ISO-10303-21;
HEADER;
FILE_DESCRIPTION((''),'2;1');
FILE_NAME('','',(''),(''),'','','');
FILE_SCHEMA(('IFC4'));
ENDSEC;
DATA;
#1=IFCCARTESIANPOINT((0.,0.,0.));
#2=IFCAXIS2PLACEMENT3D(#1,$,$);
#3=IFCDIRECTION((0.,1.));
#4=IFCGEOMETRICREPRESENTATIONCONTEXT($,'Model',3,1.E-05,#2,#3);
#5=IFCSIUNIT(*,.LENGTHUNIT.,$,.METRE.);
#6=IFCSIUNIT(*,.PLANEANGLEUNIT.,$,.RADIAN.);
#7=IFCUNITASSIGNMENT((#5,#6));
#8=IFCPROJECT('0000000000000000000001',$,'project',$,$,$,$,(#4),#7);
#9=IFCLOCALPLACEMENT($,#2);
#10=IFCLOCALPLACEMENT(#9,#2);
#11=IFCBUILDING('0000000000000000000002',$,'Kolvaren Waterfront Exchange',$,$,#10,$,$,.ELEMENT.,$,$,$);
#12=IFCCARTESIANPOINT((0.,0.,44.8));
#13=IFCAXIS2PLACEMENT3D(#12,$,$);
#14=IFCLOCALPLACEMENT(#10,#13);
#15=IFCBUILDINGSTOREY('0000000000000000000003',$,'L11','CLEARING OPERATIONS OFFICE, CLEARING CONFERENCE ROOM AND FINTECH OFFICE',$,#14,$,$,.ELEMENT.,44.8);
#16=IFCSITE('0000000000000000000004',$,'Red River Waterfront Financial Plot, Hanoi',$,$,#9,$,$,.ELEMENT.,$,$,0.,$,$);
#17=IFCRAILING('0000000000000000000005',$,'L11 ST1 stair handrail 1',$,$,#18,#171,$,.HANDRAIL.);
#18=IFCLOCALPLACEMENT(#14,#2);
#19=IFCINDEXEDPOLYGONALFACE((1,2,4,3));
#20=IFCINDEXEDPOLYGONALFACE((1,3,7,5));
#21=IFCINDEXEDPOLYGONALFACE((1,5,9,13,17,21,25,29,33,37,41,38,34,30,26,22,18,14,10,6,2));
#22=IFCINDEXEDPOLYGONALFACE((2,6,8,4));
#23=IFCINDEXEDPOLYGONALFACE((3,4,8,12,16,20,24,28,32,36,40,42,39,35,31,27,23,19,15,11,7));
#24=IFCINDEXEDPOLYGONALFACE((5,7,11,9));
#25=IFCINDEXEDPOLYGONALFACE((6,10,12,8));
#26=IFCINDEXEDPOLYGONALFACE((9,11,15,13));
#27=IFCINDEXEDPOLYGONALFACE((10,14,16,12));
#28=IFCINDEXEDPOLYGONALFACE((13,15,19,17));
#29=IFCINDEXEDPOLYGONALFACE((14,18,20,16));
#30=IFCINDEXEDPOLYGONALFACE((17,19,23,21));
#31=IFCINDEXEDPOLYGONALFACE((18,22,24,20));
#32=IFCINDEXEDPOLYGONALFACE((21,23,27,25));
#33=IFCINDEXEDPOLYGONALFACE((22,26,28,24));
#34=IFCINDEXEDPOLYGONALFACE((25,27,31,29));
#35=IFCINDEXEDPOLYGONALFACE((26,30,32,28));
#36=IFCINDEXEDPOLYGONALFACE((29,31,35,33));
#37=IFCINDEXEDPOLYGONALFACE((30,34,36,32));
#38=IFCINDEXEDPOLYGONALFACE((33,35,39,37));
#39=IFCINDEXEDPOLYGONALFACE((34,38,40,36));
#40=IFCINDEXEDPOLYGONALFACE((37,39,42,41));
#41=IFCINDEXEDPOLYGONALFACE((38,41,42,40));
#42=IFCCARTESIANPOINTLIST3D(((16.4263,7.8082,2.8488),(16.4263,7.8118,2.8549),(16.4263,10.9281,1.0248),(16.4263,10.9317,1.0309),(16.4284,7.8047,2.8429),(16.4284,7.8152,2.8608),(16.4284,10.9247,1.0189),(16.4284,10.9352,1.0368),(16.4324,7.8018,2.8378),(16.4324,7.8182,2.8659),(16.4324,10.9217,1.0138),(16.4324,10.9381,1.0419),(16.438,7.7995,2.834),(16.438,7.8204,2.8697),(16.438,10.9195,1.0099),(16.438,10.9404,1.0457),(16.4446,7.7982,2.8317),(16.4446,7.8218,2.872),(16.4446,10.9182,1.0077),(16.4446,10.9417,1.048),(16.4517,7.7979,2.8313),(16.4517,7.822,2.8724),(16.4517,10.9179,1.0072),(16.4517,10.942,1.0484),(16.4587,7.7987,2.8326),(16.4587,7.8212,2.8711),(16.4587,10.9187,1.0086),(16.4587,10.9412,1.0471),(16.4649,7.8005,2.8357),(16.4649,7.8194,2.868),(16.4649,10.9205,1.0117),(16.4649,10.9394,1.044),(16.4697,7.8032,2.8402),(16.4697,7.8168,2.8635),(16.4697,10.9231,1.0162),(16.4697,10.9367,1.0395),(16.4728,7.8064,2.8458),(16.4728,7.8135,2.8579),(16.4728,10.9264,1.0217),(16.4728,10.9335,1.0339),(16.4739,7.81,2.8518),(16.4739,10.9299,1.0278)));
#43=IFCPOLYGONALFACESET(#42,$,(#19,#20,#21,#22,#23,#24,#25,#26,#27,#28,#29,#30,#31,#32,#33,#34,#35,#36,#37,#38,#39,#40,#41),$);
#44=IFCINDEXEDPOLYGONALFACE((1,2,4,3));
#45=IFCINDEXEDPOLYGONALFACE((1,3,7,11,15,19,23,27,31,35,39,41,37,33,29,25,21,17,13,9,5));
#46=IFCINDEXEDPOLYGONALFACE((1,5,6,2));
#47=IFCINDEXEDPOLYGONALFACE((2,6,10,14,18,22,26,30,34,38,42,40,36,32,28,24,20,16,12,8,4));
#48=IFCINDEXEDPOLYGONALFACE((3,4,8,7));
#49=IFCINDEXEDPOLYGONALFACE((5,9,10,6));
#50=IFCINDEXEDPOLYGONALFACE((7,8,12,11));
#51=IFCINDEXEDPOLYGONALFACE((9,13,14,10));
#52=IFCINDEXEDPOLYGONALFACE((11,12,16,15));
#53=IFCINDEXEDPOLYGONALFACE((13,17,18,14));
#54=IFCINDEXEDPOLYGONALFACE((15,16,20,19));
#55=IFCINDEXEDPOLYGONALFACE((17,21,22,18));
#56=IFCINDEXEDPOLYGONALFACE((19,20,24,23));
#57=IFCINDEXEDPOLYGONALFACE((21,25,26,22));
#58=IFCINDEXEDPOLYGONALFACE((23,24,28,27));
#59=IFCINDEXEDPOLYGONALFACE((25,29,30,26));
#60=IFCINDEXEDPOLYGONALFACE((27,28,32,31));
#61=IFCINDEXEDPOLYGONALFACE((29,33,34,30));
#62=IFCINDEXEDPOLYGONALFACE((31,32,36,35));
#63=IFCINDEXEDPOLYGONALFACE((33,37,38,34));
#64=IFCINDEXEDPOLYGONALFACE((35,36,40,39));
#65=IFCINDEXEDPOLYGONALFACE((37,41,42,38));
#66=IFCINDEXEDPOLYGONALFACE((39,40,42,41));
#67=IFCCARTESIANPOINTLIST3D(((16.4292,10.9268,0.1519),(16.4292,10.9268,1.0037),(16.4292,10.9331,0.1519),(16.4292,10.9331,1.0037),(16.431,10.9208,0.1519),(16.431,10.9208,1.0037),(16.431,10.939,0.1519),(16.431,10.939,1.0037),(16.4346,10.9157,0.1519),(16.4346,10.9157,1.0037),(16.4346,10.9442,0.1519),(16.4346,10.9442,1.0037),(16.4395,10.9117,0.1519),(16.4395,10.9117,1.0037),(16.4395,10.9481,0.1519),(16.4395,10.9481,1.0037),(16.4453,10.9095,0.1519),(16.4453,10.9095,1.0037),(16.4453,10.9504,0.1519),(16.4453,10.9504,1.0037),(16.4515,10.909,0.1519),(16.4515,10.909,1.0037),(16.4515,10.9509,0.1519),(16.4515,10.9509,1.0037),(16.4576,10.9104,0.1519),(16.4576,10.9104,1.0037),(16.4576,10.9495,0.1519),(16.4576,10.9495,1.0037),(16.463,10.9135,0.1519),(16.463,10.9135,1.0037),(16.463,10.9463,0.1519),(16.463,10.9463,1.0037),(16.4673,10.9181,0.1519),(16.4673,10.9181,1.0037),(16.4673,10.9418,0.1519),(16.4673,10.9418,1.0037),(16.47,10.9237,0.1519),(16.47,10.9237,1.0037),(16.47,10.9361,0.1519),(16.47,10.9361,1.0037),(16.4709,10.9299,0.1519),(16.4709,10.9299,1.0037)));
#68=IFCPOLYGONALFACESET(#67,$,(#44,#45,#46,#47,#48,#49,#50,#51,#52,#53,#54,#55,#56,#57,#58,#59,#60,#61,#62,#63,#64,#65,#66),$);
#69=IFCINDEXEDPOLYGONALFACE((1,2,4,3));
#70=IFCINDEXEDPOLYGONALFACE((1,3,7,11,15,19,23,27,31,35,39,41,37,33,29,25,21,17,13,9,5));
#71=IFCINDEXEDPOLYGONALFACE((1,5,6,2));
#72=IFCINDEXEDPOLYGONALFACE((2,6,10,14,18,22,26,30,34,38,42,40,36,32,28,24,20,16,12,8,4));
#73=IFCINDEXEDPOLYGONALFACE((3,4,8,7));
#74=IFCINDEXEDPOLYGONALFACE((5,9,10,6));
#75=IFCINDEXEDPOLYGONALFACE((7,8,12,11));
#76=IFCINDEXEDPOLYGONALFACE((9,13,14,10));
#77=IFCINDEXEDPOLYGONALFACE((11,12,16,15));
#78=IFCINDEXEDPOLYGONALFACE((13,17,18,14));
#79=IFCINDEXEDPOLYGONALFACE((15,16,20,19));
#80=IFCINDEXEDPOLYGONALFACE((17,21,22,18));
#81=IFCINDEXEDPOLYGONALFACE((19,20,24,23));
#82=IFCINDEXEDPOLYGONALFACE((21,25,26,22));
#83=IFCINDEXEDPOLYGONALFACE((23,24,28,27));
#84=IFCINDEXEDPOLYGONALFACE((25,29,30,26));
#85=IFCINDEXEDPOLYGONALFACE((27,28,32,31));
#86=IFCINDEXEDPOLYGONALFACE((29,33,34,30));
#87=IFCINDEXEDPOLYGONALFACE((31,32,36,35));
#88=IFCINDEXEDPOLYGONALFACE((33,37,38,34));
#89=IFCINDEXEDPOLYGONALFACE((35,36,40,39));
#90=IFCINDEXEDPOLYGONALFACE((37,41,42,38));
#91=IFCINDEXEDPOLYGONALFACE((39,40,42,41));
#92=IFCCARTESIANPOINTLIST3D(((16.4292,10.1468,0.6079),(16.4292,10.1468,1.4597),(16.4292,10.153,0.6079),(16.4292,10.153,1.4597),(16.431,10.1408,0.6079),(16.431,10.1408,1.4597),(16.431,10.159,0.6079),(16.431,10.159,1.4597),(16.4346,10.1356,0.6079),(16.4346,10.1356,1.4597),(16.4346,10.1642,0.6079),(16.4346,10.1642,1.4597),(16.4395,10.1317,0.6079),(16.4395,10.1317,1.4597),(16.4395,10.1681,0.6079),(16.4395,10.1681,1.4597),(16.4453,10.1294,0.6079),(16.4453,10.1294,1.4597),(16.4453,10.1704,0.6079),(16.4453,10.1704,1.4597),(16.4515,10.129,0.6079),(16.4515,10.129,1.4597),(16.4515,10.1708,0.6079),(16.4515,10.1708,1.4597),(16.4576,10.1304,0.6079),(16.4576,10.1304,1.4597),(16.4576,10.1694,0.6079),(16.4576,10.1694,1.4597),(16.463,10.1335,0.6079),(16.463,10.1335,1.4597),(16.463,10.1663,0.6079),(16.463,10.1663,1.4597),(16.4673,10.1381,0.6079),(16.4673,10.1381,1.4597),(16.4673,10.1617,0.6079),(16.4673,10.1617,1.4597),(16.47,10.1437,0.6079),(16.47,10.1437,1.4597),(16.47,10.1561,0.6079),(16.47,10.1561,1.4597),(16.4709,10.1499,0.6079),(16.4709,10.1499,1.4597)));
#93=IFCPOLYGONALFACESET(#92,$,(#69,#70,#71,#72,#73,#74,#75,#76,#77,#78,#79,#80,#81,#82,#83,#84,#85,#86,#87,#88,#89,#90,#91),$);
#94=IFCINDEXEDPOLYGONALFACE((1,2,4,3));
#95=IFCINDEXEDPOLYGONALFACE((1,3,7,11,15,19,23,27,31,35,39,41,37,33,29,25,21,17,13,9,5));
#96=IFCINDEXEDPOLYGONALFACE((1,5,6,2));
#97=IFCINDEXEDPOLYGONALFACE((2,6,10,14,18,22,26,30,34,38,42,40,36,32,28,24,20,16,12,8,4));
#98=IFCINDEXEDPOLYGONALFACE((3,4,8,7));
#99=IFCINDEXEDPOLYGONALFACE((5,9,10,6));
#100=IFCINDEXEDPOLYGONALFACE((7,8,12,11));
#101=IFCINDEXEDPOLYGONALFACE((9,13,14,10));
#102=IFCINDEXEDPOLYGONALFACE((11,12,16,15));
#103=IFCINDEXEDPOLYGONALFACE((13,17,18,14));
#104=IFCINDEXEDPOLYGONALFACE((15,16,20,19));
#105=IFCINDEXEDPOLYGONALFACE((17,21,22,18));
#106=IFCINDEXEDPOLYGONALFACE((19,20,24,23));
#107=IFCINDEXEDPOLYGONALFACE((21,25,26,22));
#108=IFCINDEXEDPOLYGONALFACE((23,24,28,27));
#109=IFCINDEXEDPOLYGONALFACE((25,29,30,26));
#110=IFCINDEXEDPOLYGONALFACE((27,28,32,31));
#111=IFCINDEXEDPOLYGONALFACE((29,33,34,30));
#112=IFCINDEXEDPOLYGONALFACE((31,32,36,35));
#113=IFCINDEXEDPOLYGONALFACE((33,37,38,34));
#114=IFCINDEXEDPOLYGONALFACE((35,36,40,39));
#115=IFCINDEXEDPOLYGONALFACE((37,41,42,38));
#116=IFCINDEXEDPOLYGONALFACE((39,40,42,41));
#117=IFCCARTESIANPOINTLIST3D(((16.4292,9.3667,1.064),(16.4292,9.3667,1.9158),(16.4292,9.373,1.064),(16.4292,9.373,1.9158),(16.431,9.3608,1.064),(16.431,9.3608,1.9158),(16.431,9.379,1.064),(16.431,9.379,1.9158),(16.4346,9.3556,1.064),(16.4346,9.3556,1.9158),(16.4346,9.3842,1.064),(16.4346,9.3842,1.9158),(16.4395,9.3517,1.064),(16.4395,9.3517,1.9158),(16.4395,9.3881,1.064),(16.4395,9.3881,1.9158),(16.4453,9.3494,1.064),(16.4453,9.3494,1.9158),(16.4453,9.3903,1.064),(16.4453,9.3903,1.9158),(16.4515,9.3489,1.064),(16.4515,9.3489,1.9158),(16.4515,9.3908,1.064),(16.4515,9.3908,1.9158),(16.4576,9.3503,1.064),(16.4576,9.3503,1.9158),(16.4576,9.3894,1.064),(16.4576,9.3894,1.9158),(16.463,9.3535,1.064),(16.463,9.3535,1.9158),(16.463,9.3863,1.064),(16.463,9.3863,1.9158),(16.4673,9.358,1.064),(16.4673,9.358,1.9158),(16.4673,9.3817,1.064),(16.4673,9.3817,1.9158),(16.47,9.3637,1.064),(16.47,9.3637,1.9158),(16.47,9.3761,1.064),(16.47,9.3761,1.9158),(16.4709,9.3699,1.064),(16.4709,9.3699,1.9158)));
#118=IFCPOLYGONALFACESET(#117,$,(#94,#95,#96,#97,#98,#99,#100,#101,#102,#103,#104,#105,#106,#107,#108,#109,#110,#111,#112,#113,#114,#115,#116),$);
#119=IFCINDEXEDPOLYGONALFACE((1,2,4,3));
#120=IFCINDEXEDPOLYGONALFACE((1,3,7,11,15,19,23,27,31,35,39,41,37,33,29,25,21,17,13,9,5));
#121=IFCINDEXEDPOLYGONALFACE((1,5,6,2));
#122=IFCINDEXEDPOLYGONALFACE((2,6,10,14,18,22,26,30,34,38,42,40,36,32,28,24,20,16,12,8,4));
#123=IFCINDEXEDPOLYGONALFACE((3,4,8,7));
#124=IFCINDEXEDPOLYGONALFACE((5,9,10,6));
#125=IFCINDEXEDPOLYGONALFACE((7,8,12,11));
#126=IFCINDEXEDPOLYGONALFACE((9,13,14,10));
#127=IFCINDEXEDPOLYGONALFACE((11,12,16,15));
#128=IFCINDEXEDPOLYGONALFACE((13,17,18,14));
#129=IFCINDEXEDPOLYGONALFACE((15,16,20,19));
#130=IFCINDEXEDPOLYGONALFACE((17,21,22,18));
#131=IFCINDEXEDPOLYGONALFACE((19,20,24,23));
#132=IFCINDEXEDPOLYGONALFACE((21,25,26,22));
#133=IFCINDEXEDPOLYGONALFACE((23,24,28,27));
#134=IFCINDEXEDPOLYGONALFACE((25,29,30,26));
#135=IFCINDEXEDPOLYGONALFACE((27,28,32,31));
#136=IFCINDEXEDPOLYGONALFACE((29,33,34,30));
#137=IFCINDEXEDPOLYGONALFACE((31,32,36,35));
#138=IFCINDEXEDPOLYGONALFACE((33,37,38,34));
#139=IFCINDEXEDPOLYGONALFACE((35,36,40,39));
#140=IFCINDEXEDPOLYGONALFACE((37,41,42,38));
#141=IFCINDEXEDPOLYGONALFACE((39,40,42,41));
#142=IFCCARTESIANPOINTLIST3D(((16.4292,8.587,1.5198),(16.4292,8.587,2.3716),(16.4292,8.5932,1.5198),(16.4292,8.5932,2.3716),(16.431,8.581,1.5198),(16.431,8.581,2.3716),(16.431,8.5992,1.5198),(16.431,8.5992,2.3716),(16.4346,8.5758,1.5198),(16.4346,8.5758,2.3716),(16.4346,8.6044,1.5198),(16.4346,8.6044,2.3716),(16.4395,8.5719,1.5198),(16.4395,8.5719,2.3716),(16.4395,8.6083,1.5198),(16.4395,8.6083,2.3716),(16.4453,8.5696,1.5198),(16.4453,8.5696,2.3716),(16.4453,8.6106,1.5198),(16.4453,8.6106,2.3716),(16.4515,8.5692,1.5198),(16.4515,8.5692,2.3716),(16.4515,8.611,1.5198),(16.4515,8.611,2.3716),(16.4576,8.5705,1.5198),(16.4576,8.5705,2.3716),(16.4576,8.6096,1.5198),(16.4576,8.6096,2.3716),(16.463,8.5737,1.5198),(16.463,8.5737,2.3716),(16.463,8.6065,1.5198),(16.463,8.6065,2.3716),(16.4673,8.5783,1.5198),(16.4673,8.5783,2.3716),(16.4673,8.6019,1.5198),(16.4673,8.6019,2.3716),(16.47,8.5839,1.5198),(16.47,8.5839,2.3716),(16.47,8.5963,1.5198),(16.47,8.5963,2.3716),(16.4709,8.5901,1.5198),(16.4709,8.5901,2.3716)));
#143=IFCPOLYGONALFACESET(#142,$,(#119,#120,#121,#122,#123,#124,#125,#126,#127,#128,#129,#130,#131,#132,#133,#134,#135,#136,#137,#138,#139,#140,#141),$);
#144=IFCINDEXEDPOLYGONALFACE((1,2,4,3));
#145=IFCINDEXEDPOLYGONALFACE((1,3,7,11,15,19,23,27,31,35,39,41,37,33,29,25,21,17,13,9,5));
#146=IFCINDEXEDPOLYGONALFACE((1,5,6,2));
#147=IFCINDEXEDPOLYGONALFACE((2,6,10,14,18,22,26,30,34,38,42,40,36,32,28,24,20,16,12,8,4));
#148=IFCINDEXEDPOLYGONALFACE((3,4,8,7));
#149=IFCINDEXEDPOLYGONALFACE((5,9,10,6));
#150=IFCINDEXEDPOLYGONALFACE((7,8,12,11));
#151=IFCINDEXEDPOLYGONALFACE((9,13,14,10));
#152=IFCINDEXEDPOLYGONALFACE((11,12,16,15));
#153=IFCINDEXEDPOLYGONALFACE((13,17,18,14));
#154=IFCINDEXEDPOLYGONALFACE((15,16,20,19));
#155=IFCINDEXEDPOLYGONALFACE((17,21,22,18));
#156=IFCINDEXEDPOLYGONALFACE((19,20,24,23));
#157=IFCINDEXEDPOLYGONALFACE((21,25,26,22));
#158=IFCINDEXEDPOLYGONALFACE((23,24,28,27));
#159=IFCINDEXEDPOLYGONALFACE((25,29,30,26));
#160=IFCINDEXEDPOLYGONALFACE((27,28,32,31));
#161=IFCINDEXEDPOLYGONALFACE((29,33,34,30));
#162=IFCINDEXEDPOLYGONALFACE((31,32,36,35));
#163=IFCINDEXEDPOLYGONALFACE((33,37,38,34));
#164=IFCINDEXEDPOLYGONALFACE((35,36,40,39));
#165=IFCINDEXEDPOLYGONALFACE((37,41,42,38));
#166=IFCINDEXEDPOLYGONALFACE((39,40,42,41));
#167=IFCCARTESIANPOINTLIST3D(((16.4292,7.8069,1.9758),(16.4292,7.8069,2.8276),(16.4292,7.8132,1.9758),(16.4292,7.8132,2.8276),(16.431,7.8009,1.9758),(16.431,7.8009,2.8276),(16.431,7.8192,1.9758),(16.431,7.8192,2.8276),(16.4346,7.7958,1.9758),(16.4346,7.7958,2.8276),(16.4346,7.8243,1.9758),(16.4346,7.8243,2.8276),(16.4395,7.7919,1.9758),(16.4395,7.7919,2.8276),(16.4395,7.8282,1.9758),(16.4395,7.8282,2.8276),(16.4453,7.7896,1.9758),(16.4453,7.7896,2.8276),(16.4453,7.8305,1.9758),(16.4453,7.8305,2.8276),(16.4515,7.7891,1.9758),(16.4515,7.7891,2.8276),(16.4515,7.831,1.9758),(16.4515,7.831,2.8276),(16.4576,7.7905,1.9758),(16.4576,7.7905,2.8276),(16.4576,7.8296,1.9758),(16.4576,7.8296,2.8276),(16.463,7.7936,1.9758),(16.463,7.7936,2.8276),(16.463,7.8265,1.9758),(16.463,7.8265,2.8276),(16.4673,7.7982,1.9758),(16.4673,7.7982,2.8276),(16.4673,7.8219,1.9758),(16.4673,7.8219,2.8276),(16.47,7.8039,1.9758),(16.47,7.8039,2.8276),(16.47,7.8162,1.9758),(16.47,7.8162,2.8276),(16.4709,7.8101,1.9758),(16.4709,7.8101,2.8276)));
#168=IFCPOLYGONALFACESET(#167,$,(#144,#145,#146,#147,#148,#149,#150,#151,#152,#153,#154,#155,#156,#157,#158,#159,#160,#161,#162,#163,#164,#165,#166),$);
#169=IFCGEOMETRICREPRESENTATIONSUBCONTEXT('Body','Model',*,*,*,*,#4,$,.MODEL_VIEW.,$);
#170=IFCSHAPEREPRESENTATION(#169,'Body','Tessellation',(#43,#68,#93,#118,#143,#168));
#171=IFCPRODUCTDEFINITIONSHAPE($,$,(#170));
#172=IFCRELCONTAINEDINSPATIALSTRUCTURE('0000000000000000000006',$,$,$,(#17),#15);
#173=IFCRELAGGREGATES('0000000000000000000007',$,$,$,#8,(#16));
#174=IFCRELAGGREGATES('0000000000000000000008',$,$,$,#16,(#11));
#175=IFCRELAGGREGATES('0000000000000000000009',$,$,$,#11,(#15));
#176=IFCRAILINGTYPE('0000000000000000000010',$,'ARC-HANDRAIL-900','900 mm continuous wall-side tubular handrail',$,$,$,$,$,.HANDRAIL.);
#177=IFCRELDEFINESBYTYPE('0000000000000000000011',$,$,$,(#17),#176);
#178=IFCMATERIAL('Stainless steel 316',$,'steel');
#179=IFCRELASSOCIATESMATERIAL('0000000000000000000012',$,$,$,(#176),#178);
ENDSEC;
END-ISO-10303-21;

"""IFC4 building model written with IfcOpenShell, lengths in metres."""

from ifc_helpers import new_model, si_unit, direction, frame, origin, origin_2d, place, context, subcontext, project, spatial, circle, extrude, material, type_object, element, save


model = new_model("IFC4")

# Units and contexts
model_context = context("Model", 3, precision=1e-05, world=origin(), true_north=direction((0.0, 1.0)))
body_context = subcontext(model_context, "Body", "Model", "MODEL_VIEW")
ifc_project = project(units=[si_unit("LENGTHUNIT", "METRE"), si_unit("PLANEANGLEUNIT", "RADIAN")], contexts=[model_context])

# Site, building, storey
site_placement = place(None, origin())
site = spatial("IfcSite", under=ifc_project, at=site_placement, Name="Red River Waterfront Financial Plot, Hanoi", CompositionType="ELEMENT", RefElevation=0.0)
building_placement = place(site_placement, origin())
building = spatial("IfcBuilding", under=site, at=building_placement, Name="Kolvaren Waterfront Exchange", CompositionType="ELEMENT")
storey_placement = place(building_placement, frame((0.0, 0.0, 44.8)))
storey = spatial("IfcBuildingStorey", under=building, at=storey_placement, Name="L11", Description="CLEARING OPERATIONS OFFICE, CLEARING CONFERENCE ROOM AND FINTECH OFFICE", CompositionType="ELEMENT", Elevation=44.8)

# Railing
ifc_material_1 = material(Name="Stainless steel 316", Category="steel")
railing_type_1 = type_object("IfcRailingType", Name="ARC-HANDRAIL-900", Description="900 mm continuous wall-side tubular handrail", PredefinedType="HANDRAIL", material=ifc_material_1)
railing_1_placement = place(storey_placement, frame((16.45, 10.9299, 0.1519)))
element("IfcRailing", 1, at=railing_1_placement, inside=storey, type_object=railing_type_1, Name="L11 ST1 stair handrail 1", PredefinedType="HANDRAIL", context=body_context, shape_type="SweptSolid", body=[
    extrude(circle(Radius=0.0239, at=origin_2d()), frame((0.0, 0.0, 0.876), z_axis=(0.0, -0.863291, 0.504707), x_axis=(1.0, 0.0, 0.0)), (0.0, 0.0, 1.0), 3.614),
    extrude(circle(Radius=0.021, at=origin_2d()), origin(), (0.0, 0.0, 1.0), 0.8518),
    extrude(circle(Radius=0.021, at=origin_2d()), frame((0.0, -0.78, 0.4561)), (0.0, 0.0, 1.0), 0.8518),
    extrude(circle(Radius=0.021, at=origin_2d()), frame((0.0, -1.5601, 0.9121)), (0.0, 0.0, 1.0), 0.8518),
    extrude(circle(Radius=0.021, at=origin_2d()), frame((0.0, -2.3398, 1.3679)), (0.0, 0.0, 1.0), 0.8518),
    extrude(circle(Radius=0.021, at=origin_2d()), frame((0.0, -3.1199, 1.824)), (0.0, 0.0, 1.0), 0.8518),
])

save(model, "model.ifc")
